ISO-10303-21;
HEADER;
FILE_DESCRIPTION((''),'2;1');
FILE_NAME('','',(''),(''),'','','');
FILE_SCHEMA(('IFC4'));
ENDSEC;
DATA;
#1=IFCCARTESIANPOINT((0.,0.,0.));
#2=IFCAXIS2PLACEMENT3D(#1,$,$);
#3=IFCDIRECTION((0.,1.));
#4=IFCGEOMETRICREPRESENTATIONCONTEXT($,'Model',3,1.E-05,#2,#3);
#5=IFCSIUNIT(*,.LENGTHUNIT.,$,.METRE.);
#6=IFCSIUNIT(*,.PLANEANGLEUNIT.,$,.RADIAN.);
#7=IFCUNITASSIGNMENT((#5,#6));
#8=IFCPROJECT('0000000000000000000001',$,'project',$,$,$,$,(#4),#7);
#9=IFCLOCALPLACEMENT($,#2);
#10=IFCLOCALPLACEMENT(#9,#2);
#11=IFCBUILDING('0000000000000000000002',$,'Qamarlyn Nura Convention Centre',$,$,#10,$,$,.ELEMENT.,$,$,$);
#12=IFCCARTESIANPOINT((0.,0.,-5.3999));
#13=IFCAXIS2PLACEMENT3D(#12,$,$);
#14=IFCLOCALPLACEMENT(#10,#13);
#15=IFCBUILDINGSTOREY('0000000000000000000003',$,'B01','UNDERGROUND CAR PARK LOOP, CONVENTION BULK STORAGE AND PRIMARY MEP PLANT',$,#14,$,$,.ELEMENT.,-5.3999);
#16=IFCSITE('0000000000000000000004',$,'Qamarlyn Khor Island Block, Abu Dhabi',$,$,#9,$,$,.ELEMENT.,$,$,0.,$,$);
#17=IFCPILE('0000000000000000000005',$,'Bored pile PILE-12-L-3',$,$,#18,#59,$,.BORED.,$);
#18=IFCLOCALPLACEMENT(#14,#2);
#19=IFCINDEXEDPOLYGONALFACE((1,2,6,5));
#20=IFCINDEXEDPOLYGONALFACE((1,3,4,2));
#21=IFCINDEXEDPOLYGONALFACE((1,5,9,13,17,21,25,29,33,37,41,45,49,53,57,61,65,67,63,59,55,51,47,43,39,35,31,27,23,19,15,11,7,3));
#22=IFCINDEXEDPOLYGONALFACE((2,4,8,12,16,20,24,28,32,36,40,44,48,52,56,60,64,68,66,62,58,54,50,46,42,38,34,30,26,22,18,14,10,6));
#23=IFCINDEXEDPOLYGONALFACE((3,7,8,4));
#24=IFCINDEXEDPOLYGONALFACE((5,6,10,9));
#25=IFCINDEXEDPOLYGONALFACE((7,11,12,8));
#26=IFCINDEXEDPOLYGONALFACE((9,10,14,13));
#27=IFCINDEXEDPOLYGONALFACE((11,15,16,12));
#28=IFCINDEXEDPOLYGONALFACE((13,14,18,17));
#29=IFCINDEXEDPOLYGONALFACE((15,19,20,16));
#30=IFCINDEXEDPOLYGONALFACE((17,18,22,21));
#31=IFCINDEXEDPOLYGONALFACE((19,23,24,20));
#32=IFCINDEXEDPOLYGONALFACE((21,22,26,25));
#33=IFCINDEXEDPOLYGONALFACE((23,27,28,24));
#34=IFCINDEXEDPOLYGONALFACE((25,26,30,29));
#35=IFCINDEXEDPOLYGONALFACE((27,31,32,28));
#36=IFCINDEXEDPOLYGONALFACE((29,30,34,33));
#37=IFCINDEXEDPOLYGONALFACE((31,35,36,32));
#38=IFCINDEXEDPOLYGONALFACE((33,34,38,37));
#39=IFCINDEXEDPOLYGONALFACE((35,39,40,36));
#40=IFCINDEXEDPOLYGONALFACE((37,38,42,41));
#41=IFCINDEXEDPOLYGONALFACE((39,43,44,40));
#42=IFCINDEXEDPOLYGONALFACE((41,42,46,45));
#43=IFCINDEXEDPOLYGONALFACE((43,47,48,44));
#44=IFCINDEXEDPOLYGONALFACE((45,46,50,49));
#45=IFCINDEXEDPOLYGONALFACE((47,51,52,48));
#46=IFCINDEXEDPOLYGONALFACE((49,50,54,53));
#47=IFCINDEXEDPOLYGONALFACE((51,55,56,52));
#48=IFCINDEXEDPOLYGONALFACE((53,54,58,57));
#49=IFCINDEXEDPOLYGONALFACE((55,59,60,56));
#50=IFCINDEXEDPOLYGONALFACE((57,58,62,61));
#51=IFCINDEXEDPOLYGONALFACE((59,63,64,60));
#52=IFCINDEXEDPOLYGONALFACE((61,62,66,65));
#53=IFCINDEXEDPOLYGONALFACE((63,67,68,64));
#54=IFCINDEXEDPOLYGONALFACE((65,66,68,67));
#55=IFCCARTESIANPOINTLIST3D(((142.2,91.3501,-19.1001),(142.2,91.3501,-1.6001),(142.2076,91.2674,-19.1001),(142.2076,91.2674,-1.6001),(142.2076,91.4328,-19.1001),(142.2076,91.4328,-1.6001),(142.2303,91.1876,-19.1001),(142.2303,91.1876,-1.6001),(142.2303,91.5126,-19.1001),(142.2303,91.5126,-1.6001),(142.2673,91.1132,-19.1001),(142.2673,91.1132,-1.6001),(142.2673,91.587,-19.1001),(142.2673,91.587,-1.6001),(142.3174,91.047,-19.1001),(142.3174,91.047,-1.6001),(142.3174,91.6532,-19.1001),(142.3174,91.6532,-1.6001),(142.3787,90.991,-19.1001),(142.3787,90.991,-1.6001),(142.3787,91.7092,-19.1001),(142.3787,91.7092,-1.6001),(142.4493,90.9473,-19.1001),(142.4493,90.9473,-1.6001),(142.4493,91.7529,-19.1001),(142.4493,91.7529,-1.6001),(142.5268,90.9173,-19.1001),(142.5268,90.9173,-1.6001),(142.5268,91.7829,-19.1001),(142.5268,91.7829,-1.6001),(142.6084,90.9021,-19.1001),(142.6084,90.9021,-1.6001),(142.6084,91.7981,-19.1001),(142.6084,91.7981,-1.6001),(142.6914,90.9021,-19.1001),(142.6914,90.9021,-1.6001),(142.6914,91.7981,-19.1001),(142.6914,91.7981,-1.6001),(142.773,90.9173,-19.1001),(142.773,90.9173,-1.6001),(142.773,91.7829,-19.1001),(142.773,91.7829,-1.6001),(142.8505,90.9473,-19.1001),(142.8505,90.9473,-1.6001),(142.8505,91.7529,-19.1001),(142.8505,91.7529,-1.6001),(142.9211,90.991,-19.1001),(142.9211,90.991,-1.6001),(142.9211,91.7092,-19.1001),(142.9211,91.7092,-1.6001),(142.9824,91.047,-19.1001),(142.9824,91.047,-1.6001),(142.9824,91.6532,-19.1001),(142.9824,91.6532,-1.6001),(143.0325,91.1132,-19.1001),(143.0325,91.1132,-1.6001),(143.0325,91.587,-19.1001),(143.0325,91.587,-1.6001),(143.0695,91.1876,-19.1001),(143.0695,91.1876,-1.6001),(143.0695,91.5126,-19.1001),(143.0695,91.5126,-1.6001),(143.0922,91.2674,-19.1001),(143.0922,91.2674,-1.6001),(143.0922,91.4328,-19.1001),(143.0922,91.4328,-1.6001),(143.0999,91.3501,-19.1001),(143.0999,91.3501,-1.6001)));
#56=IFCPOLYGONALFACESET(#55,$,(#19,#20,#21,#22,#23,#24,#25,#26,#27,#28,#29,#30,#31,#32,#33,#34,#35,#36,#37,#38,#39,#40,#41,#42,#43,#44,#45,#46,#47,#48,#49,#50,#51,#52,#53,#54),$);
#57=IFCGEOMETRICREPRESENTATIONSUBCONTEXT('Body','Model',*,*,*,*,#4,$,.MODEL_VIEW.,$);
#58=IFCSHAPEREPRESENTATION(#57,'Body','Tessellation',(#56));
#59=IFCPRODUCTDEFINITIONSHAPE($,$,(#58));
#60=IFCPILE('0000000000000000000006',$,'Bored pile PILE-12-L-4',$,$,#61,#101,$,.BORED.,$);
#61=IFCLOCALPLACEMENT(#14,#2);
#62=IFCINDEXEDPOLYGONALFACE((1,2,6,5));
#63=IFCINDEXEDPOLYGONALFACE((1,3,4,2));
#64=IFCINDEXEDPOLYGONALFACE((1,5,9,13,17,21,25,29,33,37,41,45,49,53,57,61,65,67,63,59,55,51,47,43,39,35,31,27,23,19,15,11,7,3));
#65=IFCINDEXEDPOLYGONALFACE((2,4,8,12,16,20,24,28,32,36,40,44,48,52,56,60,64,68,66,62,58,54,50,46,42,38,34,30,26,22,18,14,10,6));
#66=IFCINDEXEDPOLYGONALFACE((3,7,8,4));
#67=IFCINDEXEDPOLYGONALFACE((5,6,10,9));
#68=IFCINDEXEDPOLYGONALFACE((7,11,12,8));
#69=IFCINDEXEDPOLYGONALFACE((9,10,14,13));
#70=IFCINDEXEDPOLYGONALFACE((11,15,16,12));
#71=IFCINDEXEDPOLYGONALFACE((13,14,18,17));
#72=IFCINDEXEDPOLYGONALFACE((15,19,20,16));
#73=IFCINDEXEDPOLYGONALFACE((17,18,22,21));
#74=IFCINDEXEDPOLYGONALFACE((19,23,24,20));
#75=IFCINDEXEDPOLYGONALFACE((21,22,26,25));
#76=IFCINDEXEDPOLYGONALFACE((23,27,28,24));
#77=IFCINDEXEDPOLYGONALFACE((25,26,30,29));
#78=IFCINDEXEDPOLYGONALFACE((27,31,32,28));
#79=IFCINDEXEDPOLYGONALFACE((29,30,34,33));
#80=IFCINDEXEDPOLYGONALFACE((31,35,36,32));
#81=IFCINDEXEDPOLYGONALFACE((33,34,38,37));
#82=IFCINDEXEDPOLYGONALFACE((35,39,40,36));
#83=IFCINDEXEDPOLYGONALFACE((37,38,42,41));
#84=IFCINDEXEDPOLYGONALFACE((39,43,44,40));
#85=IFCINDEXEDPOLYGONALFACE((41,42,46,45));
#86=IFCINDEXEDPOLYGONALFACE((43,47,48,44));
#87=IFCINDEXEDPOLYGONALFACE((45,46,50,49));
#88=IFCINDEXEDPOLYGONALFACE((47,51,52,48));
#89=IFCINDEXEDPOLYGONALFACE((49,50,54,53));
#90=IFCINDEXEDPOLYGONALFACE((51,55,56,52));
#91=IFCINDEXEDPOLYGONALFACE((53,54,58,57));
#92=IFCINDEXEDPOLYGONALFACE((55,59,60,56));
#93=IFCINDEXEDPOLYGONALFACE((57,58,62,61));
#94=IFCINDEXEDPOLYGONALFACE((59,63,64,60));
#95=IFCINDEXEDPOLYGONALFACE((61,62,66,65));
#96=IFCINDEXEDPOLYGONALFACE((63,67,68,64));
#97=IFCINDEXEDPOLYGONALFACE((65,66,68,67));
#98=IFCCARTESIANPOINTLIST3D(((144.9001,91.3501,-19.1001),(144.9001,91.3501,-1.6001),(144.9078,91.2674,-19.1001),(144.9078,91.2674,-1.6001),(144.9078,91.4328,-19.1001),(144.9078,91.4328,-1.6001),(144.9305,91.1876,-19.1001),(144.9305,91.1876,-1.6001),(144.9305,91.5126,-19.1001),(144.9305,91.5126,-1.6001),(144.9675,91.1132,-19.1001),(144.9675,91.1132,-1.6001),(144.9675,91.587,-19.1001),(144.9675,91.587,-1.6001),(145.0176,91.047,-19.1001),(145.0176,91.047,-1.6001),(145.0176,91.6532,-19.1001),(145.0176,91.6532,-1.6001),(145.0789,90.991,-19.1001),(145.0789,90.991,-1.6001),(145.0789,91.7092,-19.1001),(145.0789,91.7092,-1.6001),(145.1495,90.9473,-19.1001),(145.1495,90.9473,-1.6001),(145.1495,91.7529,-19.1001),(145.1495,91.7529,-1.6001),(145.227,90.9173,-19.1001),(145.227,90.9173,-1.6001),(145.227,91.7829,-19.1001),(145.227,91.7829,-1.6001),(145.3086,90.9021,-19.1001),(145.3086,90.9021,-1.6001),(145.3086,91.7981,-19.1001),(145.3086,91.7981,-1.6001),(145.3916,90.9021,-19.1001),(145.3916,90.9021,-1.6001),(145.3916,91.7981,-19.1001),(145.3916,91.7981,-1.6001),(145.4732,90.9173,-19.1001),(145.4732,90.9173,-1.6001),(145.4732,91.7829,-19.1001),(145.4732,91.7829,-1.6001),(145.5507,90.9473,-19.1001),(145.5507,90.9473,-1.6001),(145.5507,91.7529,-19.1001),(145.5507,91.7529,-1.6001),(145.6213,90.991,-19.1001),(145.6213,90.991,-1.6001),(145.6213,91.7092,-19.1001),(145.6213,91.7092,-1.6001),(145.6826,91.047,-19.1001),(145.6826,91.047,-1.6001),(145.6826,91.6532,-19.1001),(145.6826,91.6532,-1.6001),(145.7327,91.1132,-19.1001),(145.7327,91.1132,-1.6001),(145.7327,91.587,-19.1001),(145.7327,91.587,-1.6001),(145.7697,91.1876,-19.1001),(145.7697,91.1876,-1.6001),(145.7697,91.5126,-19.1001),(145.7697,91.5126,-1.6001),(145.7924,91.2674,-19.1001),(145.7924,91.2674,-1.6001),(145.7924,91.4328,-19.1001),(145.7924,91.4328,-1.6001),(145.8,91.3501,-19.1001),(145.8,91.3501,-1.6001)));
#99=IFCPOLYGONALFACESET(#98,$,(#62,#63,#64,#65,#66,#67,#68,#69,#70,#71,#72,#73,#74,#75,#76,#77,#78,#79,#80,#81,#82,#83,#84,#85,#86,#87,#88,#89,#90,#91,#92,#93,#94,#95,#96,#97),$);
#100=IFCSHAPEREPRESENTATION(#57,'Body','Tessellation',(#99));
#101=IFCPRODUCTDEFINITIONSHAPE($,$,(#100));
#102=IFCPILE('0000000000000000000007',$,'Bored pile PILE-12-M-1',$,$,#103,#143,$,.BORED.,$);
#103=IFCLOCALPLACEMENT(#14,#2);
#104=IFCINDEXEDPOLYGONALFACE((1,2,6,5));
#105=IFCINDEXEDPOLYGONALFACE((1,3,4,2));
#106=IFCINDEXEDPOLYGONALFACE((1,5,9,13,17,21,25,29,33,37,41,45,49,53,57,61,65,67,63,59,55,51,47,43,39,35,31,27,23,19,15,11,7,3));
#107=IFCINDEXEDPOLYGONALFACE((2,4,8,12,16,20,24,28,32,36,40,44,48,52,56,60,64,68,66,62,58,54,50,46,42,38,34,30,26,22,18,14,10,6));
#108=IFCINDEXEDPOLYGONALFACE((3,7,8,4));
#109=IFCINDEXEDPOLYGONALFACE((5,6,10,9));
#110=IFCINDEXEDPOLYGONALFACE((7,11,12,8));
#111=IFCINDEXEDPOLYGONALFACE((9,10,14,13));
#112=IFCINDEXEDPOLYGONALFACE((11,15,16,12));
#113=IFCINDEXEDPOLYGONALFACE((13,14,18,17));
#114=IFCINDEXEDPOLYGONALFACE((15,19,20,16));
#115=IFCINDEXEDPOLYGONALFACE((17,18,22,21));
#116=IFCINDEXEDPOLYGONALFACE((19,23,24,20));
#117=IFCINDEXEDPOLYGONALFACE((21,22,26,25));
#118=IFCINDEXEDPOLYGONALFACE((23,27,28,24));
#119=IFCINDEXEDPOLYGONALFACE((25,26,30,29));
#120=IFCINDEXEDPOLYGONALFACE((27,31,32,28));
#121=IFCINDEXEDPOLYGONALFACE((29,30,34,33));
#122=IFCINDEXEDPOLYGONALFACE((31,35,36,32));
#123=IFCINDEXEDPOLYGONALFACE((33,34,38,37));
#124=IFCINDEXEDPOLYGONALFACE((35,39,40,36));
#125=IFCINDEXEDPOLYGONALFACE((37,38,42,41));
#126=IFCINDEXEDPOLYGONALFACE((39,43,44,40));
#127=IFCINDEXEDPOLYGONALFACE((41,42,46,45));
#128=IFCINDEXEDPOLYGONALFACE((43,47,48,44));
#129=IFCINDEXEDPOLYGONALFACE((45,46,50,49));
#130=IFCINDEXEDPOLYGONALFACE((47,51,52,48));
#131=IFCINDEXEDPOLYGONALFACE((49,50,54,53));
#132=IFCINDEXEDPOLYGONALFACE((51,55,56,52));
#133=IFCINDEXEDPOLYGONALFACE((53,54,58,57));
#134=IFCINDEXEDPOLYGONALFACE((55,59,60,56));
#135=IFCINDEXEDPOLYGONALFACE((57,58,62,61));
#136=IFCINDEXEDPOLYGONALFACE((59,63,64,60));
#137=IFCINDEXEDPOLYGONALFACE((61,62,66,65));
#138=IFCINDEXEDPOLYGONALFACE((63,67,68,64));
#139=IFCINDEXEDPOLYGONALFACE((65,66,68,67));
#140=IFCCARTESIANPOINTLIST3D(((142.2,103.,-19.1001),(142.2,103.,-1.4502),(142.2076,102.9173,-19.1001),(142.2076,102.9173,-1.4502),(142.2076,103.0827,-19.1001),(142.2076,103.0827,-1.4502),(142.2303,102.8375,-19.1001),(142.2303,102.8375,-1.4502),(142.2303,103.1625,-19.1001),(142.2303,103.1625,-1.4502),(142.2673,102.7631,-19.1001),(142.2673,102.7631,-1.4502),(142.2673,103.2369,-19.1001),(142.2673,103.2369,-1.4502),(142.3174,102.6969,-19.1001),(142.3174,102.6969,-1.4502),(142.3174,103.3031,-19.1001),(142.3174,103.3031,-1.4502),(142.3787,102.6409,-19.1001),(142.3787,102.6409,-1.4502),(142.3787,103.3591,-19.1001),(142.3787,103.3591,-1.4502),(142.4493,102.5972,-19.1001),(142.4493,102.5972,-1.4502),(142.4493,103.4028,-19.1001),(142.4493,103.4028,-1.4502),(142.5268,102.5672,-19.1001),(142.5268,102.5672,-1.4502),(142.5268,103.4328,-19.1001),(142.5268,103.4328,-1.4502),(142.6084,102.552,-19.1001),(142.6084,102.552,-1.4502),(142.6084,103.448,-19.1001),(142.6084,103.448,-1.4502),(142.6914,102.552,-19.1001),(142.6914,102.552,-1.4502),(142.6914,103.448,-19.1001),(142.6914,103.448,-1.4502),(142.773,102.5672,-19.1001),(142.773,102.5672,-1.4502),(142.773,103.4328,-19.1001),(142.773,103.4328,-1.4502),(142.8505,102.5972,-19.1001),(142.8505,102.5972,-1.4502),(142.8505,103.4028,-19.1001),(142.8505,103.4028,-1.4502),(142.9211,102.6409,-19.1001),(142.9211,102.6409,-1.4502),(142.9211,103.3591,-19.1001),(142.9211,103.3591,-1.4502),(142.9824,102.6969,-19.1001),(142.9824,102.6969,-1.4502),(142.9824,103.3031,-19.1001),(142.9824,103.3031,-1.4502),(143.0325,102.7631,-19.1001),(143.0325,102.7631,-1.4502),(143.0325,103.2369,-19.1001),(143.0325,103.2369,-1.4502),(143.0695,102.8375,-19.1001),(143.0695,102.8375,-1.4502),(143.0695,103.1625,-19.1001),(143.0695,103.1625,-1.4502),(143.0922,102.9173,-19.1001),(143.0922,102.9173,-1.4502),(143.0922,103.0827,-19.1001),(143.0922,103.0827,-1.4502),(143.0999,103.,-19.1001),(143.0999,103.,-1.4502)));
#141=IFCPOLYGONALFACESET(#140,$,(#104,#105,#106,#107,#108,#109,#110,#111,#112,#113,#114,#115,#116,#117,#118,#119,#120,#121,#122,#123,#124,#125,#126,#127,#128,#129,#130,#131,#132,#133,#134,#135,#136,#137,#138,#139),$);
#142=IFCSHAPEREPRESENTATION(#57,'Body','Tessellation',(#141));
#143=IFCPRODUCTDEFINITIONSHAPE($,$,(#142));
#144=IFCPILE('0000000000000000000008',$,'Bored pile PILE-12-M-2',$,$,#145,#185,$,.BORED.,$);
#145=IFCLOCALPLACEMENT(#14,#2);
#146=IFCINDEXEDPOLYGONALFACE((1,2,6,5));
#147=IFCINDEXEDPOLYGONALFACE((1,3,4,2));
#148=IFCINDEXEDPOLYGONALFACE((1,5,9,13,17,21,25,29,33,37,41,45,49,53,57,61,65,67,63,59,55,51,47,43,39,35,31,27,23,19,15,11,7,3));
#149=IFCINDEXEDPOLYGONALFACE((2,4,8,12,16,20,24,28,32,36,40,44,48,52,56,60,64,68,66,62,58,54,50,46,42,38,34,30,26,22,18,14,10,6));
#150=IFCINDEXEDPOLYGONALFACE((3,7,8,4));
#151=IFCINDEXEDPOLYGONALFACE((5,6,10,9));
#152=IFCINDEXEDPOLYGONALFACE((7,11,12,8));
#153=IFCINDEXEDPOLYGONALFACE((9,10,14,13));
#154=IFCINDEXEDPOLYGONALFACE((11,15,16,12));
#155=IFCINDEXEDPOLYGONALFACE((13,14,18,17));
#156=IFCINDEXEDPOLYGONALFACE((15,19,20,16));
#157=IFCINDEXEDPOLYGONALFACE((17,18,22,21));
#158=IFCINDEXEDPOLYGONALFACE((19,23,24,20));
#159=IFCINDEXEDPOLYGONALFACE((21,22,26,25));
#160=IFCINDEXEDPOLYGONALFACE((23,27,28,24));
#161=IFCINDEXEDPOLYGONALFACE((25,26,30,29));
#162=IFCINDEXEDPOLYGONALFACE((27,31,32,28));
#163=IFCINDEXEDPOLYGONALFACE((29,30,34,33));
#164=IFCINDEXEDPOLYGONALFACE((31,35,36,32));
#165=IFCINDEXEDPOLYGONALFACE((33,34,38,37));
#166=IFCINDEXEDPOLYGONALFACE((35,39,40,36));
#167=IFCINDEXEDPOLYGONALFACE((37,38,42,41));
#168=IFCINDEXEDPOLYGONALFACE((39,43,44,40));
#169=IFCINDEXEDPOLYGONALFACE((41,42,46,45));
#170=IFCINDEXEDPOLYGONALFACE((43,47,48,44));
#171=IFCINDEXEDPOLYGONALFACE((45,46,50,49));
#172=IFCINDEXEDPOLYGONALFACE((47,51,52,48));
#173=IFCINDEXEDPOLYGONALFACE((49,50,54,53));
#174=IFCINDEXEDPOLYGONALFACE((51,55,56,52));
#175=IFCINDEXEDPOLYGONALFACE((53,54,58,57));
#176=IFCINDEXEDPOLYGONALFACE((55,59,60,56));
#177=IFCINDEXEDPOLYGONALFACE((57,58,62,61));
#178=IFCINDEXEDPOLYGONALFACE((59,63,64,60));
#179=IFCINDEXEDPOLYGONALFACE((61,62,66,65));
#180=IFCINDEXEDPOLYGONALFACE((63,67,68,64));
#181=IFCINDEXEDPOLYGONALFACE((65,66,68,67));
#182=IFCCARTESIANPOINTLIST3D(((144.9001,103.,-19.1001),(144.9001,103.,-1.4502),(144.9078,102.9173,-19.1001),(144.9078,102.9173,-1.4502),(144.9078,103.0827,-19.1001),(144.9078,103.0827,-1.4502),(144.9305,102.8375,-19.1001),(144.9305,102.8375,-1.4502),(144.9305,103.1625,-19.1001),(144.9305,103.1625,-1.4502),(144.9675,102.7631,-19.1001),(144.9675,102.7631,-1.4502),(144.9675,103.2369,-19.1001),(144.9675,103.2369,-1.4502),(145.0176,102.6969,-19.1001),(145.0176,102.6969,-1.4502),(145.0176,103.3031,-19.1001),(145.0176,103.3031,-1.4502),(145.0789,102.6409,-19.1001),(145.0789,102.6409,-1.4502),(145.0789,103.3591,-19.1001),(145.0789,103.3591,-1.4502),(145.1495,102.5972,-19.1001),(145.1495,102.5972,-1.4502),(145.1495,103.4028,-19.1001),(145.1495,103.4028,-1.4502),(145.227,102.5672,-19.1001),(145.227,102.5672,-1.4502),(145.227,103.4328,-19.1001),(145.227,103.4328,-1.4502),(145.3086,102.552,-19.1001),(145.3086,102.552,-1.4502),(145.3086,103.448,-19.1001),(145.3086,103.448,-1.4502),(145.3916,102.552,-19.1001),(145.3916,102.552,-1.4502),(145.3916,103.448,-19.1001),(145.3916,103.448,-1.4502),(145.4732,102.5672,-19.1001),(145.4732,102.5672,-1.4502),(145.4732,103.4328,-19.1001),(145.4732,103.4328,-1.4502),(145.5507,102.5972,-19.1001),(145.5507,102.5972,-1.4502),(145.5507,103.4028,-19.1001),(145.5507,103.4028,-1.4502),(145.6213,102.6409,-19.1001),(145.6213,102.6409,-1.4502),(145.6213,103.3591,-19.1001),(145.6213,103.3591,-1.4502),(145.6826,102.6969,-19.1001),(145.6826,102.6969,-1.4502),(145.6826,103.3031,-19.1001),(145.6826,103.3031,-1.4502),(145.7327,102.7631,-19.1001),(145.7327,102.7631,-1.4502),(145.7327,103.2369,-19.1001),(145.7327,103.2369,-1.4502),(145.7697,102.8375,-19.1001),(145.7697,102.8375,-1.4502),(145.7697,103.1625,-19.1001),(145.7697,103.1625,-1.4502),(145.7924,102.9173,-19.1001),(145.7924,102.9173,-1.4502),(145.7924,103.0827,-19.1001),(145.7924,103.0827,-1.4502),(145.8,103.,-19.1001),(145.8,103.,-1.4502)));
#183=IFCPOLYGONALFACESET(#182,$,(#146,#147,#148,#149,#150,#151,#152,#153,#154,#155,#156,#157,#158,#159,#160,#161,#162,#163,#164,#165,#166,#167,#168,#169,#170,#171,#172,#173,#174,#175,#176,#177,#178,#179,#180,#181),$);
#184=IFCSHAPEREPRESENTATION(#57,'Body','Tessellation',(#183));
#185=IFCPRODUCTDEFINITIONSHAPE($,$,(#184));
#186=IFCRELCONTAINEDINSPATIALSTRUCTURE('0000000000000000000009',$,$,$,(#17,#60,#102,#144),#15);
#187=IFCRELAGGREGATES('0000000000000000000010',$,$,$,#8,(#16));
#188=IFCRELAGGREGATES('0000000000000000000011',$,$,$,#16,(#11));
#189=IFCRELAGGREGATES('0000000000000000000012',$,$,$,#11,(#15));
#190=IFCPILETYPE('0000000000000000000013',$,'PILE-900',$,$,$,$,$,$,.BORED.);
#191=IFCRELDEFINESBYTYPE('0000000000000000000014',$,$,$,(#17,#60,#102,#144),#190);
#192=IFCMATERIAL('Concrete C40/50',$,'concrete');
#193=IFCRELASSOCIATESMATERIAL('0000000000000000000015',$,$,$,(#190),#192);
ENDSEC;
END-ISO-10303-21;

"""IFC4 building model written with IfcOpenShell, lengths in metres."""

from ifc_helpers import new_model, si_unit, direction, frame, origin, origin_2d, place, context, subcontext, project, spatial, circle, extrude, material, material_profile, profile_set, type_object, element, save


model = new_model("IFC4")

# Units and contexts
model_context = context("Model", 3, precision=1e-05, world=origin(), true_north=direction((0.0, 1.0)))
body_context = subcontext(model_context, "Body", "Model", "MODEL_VIEW")
ifc_project = project(units=[si_unit("LENGTHUNIT", "METRE"), si_unit("PLANEANGLEUNIT", "RADIAN")], contexts=[model_context])

# Site, building, storey
site_placement = place(None, origin())
site = spatial("IfcSite", under=ifc_project, at=site_placement, Name="Qamarlyn Khor Island Block, Abu Dhabi", CompositionType="ELEMENT", RefElevation=0.0)
building_placement = place(site_placement, origin())
building = spatial("IfcBuilding", under=site, at=building_placement, Name="Qamarlyn Nura Convention Centre", CompositionType="ELEMENT")
storey_placement = place(building_placement, frame((0.0, 0.0, -5.3999)))
storey = spatial("IfcBuildingStorey", under=building, at=storey_placement, Name="B01", Description="UNDERGROUND CAR PARK LOOP, CONVENTION BULK STORAGE AND PRIMARY MEP PLANT", CompositionType="ELEMENT", Elevation=-5.3999)

# Shared definitions
ifc_material_1 = material(Name="Concrete C40/50", Category="concrete")

# Piles
ifc_material_profile_1 = material_profile(ifc_material_1, circle(Radius=0.45, at=origin_2d()), Name="BORED PILE 900")
ifc_profile_set_1 = profile_set([ifc_material_profile_1], Name="Concrete C40/50")
pile_type = type_object("IfcPileType", Name="PILE-900", PredefinedType="BORED", material=ifc_profile_set_1)
for number, where, z_axis, x_axis, name in (
    (1, (142.6499, 91.3501, -1.6001), (0.0, 0.0, -1.0), (1.0, 0.0, 0.0), "Bored pile PILE-12-L-3"),
    (2, (145.3501, 91.3501, -1.6001), (0.0, 0.0, -1.0), (1.0, 0.0, 0.0), "Bored pile PILE-12-L-4"),
):
    element("IfcPile", number, at=place(storey_placement, frame(where, z_axis=z_axis, x_axis=x_axis)), inside=storey, type_object=pile_type, Name=name, PredefinedType="BORED", context=body_context, shape_type="SweptSolid", body=[
        extrude(circle(Radius=0.45, at=origin_2d()), origin(), (0.0, 0.0, 1.0), 17.5),
    ])
for number, where, z_axis, x_axis, name in (
    (3, (142.6499, 103.0, -1.4502), (0.0, 0.0, -1.0), (1.0, 0.0, 0.0), "Bored pile PILE-12-M-1"),
    (4, (145.3501, 103.0, -1.4502), (0.0, 0.0, -1.0), (1.0, 0.0, 0.0), "Bored pile PILE-12-M-2"),
):
    element("IfcPile", number, at=place(storey_placement, frame(where, z_axis=z_axis, x_axis=x_axis)), inside=storey, type_object=pile_type, Name=name, PredefinedType="BORED", context=body_context, shape_type="SweptSolid", body=[
        extrude(circle(Radius=0.45, at=origin_2d()), origin(), (0.0, 0.0, 1.0), 17.6499),
    ])

save(model, "model.ifc")
